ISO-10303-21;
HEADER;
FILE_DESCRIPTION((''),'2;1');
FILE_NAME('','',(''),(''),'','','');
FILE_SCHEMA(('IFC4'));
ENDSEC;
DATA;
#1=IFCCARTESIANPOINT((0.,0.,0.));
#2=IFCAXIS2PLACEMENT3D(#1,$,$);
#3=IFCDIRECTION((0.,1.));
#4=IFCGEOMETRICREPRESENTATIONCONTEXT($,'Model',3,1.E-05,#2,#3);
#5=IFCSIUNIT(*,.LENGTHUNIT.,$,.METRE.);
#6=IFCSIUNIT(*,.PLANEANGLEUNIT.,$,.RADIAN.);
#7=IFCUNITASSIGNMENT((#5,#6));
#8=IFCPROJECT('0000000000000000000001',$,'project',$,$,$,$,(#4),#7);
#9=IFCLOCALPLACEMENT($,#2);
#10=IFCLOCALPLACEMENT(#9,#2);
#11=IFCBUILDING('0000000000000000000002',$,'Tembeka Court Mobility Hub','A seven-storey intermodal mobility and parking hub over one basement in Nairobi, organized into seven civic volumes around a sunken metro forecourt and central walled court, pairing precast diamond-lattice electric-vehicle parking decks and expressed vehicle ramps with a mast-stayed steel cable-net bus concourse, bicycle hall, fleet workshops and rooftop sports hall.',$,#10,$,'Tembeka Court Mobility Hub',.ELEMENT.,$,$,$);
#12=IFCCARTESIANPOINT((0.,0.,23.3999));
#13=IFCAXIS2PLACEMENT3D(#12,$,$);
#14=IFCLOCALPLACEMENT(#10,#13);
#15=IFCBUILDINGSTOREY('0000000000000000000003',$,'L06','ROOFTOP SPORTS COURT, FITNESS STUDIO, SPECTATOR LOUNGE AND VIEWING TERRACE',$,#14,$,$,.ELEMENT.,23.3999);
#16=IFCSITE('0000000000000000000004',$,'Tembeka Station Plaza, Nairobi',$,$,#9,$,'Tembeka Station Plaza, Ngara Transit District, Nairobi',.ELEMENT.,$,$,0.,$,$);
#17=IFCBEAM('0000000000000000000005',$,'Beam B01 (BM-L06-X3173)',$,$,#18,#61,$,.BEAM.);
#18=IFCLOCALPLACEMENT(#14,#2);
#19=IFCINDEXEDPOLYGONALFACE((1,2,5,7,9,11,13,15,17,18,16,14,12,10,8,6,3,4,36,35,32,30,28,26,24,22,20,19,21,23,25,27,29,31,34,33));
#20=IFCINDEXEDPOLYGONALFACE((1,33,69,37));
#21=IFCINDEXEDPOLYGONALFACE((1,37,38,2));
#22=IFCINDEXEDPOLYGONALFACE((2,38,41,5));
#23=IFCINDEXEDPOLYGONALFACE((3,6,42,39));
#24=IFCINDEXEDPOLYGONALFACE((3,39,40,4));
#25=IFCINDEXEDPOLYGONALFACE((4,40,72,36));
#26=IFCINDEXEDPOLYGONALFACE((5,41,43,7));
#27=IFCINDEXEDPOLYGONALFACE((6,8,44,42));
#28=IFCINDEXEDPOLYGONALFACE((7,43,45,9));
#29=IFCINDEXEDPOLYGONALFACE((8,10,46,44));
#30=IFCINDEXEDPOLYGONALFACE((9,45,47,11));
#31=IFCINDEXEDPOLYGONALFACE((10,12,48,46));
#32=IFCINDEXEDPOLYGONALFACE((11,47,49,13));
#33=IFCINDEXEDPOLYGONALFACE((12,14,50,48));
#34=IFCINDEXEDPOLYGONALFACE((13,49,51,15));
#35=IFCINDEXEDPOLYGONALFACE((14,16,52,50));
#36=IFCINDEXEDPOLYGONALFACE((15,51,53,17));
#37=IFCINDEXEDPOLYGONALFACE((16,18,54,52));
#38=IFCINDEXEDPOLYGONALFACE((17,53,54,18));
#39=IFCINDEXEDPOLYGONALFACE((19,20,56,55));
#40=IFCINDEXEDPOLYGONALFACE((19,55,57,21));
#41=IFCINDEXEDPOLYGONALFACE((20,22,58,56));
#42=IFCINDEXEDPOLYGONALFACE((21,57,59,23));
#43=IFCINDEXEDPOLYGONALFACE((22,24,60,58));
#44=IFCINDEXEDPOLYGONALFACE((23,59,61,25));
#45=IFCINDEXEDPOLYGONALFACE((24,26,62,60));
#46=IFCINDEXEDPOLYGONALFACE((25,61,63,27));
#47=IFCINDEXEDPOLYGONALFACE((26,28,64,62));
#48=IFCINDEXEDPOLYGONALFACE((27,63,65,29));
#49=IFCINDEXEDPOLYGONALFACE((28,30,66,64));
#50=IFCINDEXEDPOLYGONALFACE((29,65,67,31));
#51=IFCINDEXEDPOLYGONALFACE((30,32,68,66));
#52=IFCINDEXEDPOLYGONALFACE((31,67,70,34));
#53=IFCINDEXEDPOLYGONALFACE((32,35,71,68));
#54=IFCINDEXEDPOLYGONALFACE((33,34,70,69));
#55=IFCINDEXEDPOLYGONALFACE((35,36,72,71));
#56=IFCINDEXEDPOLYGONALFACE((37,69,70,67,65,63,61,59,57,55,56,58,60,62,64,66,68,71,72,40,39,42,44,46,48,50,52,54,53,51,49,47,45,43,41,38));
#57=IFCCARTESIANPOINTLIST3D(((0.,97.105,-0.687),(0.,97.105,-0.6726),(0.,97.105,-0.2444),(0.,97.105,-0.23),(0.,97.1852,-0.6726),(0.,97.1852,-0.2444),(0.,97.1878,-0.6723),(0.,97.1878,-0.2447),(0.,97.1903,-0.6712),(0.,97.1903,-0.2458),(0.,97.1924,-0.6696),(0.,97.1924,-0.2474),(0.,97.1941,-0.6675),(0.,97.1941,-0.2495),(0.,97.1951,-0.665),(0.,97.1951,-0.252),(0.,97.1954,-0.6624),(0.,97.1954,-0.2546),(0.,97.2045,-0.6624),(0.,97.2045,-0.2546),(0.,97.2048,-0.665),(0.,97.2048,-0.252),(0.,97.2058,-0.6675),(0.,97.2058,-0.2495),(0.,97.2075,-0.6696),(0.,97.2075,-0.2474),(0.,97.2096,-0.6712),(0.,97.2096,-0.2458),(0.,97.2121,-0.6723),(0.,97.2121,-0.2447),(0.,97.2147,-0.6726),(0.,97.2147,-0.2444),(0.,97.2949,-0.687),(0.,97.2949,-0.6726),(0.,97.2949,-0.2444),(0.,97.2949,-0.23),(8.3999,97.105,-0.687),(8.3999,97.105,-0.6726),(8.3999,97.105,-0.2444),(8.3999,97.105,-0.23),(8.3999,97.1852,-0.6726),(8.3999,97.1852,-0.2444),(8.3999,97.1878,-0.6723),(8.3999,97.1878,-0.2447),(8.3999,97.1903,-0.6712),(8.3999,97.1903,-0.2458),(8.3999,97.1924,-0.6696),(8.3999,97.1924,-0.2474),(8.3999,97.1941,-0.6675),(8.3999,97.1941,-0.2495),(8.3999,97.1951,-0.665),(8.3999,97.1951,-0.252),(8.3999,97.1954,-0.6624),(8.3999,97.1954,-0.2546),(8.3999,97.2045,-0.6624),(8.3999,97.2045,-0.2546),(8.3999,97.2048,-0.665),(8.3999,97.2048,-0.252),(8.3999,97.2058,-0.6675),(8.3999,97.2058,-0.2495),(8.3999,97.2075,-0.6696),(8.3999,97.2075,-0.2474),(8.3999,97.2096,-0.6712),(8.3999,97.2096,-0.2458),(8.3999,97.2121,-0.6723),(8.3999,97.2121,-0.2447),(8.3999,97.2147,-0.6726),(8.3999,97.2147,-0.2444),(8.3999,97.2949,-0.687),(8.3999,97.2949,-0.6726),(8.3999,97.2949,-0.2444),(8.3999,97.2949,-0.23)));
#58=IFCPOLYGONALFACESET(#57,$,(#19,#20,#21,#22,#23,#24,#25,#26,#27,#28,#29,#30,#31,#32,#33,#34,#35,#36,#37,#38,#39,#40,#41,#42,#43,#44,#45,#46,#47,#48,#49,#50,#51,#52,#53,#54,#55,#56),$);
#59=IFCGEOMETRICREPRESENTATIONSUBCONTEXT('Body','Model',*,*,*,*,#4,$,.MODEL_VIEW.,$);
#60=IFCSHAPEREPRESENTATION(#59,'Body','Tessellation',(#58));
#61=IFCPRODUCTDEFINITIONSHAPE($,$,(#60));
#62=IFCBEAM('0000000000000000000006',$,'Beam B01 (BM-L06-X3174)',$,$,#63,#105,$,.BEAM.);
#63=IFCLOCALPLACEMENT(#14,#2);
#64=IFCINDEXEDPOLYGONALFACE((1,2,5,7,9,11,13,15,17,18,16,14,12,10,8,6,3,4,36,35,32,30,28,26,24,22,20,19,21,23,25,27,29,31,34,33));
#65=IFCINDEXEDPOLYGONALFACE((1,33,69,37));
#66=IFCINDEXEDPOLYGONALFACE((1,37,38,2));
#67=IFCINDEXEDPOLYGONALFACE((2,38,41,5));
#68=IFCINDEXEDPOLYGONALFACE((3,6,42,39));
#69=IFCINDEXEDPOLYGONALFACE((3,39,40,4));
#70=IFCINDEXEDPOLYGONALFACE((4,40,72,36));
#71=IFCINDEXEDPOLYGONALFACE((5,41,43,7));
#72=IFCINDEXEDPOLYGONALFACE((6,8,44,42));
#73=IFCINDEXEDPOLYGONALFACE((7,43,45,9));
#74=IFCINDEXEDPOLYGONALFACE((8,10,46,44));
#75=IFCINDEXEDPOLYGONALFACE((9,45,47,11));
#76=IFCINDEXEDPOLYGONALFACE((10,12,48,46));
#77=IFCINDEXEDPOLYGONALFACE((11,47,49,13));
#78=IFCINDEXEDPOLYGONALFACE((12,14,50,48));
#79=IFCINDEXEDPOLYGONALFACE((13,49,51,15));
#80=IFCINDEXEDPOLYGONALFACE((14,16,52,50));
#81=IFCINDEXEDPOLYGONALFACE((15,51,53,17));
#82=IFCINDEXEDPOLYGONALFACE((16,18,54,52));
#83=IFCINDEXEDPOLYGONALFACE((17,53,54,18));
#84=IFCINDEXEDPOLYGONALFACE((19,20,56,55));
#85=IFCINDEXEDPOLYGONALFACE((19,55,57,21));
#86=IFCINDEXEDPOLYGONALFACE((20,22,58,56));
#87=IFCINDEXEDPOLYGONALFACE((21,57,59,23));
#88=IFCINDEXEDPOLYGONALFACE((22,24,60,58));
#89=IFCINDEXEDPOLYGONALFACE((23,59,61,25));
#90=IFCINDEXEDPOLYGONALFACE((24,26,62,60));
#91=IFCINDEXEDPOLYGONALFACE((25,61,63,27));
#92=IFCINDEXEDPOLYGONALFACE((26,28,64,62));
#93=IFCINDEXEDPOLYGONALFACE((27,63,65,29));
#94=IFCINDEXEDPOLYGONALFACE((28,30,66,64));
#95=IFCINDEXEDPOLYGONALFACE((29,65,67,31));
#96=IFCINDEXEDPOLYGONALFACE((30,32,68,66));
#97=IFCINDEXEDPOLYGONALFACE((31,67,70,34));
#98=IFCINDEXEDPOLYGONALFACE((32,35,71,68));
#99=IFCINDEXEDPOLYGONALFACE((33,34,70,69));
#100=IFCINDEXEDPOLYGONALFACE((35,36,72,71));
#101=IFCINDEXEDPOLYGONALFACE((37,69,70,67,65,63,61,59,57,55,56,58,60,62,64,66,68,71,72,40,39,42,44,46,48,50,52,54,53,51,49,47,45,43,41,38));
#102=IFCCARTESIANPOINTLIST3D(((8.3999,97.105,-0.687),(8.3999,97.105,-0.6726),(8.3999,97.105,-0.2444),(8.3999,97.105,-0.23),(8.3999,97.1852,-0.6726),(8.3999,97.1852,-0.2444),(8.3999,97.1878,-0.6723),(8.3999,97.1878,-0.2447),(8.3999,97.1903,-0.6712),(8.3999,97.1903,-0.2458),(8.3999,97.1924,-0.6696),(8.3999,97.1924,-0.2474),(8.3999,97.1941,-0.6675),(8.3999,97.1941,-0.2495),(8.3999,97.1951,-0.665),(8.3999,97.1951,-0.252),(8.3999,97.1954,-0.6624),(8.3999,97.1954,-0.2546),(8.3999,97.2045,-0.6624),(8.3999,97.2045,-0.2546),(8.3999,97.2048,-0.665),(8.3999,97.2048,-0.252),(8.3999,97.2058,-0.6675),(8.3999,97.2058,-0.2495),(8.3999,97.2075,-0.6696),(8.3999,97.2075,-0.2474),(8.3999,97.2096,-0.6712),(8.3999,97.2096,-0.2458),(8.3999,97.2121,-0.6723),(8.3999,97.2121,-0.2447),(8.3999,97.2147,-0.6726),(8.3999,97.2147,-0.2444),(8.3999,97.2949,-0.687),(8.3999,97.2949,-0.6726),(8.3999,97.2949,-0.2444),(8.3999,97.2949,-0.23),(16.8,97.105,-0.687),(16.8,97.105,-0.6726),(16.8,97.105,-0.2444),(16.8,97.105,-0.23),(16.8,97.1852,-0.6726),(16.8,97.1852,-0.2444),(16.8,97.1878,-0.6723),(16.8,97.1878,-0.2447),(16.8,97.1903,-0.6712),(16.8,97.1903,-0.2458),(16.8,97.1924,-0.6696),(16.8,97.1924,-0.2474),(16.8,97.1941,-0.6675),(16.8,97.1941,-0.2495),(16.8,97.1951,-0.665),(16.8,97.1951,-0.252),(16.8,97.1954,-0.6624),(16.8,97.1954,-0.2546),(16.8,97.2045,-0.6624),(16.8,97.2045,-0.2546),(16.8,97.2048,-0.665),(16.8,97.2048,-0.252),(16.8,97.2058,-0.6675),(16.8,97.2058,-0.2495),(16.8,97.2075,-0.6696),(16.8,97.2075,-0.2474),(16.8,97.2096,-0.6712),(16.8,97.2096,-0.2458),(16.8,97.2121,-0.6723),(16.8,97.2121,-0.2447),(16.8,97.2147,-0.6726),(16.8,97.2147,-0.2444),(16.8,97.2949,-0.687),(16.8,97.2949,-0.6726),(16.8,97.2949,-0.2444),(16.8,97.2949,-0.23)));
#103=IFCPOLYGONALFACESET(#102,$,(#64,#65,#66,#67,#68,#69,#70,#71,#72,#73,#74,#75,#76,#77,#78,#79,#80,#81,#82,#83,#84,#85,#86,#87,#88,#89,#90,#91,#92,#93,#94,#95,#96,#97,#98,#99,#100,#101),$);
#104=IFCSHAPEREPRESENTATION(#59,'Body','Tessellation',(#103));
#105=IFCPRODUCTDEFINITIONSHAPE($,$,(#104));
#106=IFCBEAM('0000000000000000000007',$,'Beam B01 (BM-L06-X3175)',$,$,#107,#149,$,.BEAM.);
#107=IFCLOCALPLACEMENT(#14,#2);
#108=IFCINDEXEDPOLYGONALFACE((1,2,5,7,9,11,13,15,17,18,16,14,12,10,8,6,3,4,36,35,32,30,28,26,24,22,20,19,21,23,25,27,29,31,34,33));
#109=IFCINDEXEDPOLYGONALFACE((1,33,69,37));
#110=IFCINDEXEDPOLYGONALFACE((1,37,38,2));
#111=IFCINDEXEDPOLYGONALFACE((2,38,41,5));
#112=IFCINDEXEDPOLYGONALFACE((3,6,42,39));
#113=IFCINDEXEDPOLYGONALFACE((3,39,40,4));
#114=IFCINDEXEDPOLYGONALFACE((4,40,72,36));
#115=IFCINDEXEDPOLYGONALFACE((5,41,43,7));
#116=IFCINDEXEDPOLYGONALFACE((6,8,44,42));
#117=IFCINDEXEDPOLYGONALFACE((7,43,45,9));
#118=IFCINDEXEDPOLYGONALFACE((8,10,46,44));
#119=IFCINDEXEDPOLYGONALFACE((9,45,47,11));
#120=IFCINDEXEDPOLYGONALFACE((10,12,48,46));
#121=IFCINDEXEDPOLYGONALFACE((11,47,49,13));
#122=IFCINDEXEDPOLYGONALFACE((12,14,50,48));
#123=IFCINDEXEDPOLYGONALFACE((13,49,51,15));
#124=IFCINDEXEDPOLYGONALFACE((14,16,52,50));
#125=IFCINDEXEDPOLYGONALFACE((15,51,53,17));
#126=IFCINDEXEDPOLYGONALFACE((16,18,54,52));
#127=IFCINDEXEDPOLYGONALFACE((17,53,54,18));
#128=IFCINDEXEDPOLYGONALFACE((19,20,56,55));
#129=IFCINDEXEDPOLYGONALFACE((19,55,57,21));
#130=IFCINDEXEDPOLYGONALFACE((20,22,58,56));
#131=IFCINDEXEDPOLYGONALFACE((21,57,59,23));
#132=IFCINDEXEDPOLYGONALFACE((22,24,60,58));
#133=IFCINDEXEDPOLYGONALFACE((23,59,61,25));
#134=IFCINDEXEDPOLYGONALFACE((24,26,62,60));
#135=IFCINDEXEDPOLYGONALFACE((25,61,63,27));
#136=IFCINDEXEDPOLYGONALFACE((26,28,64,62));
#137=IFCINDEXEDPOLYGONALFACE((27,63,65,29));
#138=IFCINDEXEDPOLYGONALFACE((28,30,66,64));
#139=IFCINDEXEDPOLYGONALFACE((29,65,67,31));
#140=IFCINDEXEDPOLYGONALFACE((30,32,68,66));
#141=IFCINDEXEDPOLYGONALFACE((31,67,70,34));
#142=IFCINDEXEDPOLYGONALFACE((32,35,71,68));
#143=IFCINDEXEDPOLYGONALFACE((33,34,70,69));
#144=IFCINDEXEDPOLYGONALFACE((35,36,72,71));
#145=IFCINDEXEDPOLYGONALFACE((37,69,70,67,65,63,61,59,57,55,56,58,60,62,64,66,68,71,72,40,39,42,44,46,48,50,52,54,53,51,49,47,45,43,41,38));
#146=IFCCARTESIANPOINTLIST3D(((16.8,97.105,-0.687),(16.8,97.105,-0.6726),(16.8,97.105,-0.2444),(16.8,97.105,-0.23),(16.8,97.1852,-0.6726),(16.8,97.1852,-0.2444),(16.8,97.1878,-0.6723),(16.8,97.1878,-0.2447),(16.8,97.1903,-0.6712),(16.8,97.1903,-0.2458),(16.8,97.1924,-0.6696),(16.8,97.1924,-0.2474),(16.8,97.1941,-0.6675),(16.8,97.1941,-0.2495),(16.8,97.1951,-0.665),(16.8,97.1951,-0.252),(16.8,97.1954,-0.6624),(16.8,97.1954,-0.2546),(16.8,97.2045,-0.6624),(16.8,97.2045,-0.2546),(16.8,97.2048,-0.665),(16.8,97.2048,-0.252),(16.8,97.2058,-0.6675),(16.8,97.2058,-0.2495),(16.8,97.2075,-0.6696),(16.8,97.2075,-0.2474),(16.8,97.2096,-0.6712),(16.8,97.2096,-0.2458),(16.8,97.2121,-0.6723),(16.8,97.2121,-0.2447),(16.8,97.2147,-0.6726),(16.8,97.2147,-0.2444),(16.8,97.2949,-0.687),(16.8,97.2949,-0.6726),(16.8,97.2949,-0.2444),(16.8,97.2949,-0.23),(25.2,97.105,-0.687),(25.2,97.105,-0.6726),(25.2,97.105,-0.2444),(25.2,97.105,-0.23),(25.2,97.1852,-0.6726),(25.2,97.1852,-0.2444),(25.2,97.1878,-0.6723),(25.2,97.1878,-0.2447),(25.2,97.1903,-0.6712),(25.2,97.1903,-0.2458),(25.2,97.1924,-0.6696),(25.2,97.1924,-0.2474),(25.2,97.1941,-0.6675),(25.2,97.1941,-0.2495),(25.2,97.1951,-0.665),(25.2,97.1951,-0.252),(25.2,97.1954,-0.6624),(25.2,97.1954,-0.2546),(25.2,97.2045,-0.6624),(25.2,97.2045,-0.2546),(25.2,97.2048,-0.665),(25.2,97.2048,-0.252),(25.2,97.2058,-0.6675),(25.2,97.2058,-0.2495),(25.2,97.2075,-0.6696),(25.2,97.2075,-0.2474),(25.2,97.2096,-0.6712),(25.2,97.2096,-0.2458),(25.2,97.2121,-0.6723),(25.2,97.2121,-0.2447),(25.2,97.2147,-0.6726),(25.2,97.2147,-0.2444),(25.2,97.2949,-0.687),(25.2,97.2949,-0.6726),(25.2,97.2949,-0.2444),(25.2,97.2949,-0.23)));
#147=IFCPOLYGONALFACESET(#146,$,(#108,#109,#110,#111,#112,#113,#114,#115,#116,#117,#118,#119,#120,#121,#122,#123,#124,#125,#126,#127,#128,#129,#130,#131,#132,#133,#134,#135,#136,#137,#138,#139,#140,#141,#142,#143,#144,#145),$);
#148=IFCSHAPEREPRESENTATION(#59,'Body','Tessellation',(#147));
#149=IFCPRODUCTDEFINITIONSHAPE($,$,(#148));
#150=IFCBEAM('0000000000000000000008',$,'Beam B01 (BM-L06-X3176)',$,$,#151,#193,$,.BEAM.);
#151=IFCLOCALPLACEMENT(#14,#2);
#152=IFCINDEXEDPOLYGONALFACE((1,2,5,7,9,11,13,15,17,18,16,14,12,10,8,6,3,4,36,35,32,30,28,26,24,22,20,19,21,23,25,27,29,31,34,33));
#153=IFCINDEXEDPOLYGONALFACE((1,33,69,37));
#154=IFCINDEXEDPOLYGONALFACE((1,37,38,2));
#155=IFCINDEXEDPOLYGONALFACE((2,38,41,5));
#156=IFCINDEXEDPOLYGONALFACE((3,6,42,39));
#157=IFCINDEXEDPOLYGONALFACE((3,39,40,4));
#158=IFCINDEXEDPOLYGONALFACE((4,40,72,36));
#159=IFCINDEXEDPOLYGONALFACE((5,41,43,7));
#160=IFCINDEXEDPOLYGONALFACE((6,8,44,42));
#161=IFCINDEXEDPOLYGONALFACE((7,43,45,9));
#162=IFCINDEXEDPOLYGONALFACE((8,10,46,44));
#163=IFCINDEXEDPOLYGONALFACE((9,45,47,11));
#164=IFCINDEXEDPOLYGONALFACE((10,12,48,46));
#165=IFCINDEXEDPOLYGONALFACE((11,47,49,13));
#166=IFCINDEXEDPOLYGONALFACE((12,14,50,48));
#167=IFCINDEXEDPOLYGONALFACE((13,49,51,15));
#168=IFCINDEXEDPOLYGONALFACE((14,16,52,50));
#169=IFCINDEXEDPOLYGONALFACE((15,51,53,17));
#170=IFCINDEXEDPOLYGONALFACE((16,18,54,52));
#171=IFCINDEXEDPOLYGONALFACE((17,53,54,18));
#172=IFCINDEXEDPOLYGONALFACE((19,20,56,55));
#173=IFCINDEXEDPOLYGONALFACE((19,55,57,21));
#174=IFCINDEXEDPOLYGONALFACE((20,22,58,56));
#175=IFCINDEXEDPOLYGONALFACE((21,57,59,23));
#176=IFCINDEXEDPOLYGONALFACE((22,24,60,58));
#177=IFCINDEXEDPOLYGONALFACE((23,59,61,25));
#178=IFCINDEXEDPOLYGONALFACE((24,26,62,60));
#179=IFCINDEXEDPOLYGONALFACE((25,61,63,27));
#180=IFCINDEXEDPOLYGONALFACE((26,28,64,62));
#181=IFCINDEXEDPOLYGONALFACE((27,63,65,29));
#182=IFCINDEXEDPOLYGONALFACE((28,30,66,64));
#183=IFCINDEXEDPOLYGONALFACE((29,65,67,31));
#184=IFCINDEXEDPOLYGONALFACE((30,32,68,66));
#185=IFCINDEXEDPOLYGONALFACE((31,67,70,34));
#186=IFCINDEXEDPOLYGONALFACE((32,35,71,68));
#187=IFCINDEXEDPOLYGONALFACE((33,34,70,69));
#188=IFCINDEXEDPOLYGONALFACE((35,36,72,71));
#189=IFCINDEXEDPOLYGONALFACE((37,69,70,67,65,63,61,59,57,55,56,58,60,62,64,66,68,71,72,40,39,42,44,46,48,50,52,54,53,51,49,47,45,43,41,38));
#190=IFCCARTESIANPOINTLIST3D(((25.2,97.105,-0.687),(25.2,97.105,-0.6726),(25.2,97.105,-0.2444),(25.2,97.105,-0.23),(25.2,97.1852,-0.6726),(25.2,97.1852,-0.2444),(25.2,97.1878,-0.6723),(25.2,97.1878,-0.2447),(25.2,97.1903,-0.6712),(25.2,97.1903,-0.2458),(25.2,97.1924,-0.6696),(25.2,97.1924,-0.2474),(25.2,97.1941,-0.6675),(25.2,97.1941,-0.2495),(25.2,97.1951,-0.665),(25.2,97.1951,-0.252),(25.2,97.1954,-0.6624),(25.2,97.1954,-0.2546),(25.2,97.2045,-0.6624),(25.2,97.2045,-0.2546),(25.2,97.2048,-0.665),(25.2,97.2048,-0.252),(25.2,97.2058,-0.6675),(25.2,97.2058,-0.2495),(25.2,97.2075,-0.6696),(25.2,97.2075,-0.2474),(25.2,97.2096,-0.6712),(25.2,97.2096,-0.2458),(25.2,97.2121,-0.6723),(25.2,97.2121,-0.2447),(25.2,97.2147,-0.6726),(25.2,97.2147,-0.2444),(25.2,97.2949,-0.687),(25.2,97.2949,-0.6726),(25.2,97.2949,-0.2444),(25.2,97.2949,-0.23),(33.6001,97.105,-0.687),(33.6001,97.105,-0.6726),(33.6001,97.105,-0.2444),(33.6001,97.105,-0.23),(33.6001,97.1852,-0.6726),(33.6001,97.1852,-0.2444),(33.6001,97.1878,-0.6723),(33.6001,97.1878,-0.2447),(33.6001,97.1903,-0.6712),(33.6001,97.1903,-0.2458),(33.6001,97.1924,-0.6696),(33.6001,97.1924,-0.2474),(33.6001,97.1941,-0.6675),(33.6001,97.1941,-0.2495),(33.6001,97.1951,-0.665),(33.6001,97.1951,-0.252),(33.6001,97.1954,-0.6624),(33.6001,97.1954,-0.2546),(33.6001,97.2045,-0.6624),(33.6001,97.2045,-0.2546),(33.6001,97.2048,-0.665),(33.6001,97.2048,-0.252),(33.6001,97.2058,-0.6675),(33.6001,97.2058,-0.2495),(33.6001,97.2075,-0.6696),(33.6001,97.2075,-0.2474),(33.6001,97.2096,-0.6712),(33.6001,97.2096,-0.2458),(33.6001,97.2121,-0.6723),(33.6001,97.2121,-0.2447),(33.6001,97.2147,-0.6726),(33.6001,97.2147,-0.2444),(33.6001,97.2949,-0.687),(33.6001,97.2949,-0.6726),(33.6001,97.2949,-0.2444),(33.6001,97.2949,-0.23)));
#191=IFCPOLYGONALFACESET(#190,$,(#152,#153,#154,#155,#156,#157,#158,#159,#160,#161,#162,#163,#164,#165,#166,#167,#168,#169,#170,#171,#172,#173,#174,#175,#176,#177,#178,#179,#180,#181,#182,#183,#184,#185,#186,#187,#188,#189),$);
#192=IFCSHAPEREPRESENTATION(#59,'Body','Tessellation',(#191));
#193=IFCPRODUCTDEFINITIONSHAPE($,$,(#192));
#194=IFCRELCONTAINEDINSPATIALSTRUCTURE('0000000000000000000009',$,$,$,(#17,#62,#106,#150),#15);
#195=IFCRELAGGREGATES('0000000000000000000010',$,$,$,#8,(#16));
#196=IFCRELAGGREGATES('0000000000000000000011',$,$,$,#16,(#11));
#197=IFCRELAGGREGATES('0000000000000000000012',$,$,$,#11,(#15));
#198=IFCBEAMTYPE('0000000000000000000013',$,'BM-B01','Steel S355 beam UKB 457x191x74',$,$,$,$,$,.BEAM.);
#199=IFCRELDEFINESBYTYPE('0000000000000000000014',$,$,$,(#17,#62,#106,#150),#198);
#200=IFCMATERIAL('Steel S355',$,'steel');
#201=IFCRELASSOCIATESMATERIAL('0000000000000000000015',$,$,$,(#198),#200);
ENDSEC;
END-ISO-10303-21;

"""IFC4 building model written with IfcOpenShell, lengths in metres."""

from ifc_helpers import new_model, si_unit, direction, frame, origin, origin_2d, place, context, subcontext, project, spatial, i_section, extrude, material, material_profile, profile_set, type_object, element, save


model = new_model("IFC4")

# Units and contexts
model_context = context("Model", 3, precision=1e-05, world=origin(), true_north=direction((0.0, 1.0)))
body_context = subcontext(model_context, "Body", "Model", "MODEL_VIEW")
ifc_project = project(units=[si_unit("LENGTHUNIT", "METRE"), si_unit("PLANEANGLEUNIT", "RADIAN")], contexts=[model_context])

# Site, building, storey
site_placement = place(None, origin())
site = spatial("IfcSite", under=ifc_project, at=site_placement, Name="Tembeka Station Plaza, Nairobi", LongName="Tembeka Station Plaza, Ngara Transit District, Nairobi", CompositionType="ELEMENT", RefElevation=0.0)
building_placement = place(site_placement, origin())
building = spatial("IfcBuilding", under=site, at=building_placement, Name="Tembeka Court Mobility Hub", Description="A seven-storey intermodal mobility and parking hub over one basement in Nairobi, organized into seven civic volumes around a sunken metro forecourt and central walled court, pairing precast diamond-lattice electric-vehicle parking decks and expressed vehicle ramps with a mast-stayed steel cable-net bus concourse, bicycle hall, fleet workshops and rooftop sports hall.", LongName="Tembeka Court Mobility Hub", CompositionType="ELEMENT")
storey_placement = place(building_placement, frame((0.0, 0.0, 23.3999)))
storey = spatial("IfcBuildingStorey", under=building, at=storey_placement, Name="L06", Description="ROOFTOP SPORTS COURT, FITNESS STUDIO, SPECTATOR LOUNGE AND VIEWING TERRACE", CompositionType="ELEMENT", Elevation=23.3999)

# Beams
ifc_material_1 = material(Name="Steel S355", Category="steel")
ifc_material_profile_1 = material_profile(ifc_material_1, i_section(OverallWidth=0.1899, OverallDepth=0.457, WebThickness=0.009, FlangeThickness=0.0144, FilletRadius=0.0103, at=origin_2d()), Name="UKB 457x191x74")
ifc_profile_set_1 = profile_set([ifc_material_profile_1], Name="Steel S355")
beam_type_1 = type_object("IfcBeamType", Name="BM-B01", Description="Steel S355 beam UKB 457x191x74", PredefinedType="BEAM", material=ifc_profile_set_1)
beam_1_placement = place(storey_placement, frame((0.0, 97.2, -0.4585), z_axis=(1.0, 0.0, 0.0), x_axis=(0.0, 1.0, 0.0)))
element("IfcBeam", 1, at=beam_1_placement, inside=storey, type_object=beam_type_1, Name="Beam B01 (BM-L06-X3173)", PredefinedType="BEAM", context=body_context, shape_type="SweptSolid", body=[
    extrude(i_section(OverallWidth=0.1899, OverallDepth=0.457, WebThickness=0.009, FlangeThickness=0.0144, FilletRadius=0.0103, at=origin_2d()), origin(), (0.0, 0.0, 1.0), 8.3999),
])
beam_2_placement = place(storey_placement, frame((8.3999, 97.2, -0.4585), z_axis=(1.0, 0.0, 0.0), x_axis=(0.0, 1.0, 0.0)))
element("IfcBeam", 2, at=beam_2_placement, inside=storey, type_object=beam_type_1, Name="Beam B01 (BM-L06-X3174)", PredefinedType="BEAM", context=body_context, shape_type="SweptSolid", body=[
    extrude(i_section(OverallWidth=0.1899, OverallDepth=0.457, WebThickness=0.009, FlangeThickness=0.0144, FilletRadius=0.0103, at=origin_2d()), origin(), (0.0, 0.0, 1.0), 8.4001),
])
beam_3_placement = place(storey_placement, frame((16.8, 97.2, -0.4585), z_axis=(1.0, 0.0, 0.0), x_axis=(0.0, 1.0, 0.0)))
element("IfcBeam", 3, at=beam_3_placement, inside=storey, type_object=beam_type_1, Name="Beam B01 (BM-L06-X3175)", PredefinedType="BEAM", context=body_context, shape_type="SweptSolid", body=[
    extrude(i_section(OverallWidth=0.1899, OverallDepth=0.457, WebThickness=0.009, FlangeThickness=0.0144, FilletRadius=0.0103, at=origin_2d()), origin(), (0.0, 0.0, 1.0), 8.3999),
])
beam_4_placement = place(storey_placement, frame((25.2, 97.2, -0.4585), z_axis=(1.0, 0.0, 0.0), x_axis=(0.0, 1.0, 0.0)))
element("IfcBeam", 4, at=beam_4_placement, inside=storey, type_object=beam_type_1, Name="Beam B01 (BM-L06-X3176)", PredefinedType="BEAM", context=body_context, shape_type="SweptSolid", body=[
    extrude(i_section(OverallWidth=0.1899, OverallDepth=0.457, WebThickness=0.009, FlangeThickness=0.0144, FilletRadius=0.0103, at=origin_2d()), origin(), (0.0, 0.0, 1.0), 8.4001),
])

save(model, "model.ifc")
